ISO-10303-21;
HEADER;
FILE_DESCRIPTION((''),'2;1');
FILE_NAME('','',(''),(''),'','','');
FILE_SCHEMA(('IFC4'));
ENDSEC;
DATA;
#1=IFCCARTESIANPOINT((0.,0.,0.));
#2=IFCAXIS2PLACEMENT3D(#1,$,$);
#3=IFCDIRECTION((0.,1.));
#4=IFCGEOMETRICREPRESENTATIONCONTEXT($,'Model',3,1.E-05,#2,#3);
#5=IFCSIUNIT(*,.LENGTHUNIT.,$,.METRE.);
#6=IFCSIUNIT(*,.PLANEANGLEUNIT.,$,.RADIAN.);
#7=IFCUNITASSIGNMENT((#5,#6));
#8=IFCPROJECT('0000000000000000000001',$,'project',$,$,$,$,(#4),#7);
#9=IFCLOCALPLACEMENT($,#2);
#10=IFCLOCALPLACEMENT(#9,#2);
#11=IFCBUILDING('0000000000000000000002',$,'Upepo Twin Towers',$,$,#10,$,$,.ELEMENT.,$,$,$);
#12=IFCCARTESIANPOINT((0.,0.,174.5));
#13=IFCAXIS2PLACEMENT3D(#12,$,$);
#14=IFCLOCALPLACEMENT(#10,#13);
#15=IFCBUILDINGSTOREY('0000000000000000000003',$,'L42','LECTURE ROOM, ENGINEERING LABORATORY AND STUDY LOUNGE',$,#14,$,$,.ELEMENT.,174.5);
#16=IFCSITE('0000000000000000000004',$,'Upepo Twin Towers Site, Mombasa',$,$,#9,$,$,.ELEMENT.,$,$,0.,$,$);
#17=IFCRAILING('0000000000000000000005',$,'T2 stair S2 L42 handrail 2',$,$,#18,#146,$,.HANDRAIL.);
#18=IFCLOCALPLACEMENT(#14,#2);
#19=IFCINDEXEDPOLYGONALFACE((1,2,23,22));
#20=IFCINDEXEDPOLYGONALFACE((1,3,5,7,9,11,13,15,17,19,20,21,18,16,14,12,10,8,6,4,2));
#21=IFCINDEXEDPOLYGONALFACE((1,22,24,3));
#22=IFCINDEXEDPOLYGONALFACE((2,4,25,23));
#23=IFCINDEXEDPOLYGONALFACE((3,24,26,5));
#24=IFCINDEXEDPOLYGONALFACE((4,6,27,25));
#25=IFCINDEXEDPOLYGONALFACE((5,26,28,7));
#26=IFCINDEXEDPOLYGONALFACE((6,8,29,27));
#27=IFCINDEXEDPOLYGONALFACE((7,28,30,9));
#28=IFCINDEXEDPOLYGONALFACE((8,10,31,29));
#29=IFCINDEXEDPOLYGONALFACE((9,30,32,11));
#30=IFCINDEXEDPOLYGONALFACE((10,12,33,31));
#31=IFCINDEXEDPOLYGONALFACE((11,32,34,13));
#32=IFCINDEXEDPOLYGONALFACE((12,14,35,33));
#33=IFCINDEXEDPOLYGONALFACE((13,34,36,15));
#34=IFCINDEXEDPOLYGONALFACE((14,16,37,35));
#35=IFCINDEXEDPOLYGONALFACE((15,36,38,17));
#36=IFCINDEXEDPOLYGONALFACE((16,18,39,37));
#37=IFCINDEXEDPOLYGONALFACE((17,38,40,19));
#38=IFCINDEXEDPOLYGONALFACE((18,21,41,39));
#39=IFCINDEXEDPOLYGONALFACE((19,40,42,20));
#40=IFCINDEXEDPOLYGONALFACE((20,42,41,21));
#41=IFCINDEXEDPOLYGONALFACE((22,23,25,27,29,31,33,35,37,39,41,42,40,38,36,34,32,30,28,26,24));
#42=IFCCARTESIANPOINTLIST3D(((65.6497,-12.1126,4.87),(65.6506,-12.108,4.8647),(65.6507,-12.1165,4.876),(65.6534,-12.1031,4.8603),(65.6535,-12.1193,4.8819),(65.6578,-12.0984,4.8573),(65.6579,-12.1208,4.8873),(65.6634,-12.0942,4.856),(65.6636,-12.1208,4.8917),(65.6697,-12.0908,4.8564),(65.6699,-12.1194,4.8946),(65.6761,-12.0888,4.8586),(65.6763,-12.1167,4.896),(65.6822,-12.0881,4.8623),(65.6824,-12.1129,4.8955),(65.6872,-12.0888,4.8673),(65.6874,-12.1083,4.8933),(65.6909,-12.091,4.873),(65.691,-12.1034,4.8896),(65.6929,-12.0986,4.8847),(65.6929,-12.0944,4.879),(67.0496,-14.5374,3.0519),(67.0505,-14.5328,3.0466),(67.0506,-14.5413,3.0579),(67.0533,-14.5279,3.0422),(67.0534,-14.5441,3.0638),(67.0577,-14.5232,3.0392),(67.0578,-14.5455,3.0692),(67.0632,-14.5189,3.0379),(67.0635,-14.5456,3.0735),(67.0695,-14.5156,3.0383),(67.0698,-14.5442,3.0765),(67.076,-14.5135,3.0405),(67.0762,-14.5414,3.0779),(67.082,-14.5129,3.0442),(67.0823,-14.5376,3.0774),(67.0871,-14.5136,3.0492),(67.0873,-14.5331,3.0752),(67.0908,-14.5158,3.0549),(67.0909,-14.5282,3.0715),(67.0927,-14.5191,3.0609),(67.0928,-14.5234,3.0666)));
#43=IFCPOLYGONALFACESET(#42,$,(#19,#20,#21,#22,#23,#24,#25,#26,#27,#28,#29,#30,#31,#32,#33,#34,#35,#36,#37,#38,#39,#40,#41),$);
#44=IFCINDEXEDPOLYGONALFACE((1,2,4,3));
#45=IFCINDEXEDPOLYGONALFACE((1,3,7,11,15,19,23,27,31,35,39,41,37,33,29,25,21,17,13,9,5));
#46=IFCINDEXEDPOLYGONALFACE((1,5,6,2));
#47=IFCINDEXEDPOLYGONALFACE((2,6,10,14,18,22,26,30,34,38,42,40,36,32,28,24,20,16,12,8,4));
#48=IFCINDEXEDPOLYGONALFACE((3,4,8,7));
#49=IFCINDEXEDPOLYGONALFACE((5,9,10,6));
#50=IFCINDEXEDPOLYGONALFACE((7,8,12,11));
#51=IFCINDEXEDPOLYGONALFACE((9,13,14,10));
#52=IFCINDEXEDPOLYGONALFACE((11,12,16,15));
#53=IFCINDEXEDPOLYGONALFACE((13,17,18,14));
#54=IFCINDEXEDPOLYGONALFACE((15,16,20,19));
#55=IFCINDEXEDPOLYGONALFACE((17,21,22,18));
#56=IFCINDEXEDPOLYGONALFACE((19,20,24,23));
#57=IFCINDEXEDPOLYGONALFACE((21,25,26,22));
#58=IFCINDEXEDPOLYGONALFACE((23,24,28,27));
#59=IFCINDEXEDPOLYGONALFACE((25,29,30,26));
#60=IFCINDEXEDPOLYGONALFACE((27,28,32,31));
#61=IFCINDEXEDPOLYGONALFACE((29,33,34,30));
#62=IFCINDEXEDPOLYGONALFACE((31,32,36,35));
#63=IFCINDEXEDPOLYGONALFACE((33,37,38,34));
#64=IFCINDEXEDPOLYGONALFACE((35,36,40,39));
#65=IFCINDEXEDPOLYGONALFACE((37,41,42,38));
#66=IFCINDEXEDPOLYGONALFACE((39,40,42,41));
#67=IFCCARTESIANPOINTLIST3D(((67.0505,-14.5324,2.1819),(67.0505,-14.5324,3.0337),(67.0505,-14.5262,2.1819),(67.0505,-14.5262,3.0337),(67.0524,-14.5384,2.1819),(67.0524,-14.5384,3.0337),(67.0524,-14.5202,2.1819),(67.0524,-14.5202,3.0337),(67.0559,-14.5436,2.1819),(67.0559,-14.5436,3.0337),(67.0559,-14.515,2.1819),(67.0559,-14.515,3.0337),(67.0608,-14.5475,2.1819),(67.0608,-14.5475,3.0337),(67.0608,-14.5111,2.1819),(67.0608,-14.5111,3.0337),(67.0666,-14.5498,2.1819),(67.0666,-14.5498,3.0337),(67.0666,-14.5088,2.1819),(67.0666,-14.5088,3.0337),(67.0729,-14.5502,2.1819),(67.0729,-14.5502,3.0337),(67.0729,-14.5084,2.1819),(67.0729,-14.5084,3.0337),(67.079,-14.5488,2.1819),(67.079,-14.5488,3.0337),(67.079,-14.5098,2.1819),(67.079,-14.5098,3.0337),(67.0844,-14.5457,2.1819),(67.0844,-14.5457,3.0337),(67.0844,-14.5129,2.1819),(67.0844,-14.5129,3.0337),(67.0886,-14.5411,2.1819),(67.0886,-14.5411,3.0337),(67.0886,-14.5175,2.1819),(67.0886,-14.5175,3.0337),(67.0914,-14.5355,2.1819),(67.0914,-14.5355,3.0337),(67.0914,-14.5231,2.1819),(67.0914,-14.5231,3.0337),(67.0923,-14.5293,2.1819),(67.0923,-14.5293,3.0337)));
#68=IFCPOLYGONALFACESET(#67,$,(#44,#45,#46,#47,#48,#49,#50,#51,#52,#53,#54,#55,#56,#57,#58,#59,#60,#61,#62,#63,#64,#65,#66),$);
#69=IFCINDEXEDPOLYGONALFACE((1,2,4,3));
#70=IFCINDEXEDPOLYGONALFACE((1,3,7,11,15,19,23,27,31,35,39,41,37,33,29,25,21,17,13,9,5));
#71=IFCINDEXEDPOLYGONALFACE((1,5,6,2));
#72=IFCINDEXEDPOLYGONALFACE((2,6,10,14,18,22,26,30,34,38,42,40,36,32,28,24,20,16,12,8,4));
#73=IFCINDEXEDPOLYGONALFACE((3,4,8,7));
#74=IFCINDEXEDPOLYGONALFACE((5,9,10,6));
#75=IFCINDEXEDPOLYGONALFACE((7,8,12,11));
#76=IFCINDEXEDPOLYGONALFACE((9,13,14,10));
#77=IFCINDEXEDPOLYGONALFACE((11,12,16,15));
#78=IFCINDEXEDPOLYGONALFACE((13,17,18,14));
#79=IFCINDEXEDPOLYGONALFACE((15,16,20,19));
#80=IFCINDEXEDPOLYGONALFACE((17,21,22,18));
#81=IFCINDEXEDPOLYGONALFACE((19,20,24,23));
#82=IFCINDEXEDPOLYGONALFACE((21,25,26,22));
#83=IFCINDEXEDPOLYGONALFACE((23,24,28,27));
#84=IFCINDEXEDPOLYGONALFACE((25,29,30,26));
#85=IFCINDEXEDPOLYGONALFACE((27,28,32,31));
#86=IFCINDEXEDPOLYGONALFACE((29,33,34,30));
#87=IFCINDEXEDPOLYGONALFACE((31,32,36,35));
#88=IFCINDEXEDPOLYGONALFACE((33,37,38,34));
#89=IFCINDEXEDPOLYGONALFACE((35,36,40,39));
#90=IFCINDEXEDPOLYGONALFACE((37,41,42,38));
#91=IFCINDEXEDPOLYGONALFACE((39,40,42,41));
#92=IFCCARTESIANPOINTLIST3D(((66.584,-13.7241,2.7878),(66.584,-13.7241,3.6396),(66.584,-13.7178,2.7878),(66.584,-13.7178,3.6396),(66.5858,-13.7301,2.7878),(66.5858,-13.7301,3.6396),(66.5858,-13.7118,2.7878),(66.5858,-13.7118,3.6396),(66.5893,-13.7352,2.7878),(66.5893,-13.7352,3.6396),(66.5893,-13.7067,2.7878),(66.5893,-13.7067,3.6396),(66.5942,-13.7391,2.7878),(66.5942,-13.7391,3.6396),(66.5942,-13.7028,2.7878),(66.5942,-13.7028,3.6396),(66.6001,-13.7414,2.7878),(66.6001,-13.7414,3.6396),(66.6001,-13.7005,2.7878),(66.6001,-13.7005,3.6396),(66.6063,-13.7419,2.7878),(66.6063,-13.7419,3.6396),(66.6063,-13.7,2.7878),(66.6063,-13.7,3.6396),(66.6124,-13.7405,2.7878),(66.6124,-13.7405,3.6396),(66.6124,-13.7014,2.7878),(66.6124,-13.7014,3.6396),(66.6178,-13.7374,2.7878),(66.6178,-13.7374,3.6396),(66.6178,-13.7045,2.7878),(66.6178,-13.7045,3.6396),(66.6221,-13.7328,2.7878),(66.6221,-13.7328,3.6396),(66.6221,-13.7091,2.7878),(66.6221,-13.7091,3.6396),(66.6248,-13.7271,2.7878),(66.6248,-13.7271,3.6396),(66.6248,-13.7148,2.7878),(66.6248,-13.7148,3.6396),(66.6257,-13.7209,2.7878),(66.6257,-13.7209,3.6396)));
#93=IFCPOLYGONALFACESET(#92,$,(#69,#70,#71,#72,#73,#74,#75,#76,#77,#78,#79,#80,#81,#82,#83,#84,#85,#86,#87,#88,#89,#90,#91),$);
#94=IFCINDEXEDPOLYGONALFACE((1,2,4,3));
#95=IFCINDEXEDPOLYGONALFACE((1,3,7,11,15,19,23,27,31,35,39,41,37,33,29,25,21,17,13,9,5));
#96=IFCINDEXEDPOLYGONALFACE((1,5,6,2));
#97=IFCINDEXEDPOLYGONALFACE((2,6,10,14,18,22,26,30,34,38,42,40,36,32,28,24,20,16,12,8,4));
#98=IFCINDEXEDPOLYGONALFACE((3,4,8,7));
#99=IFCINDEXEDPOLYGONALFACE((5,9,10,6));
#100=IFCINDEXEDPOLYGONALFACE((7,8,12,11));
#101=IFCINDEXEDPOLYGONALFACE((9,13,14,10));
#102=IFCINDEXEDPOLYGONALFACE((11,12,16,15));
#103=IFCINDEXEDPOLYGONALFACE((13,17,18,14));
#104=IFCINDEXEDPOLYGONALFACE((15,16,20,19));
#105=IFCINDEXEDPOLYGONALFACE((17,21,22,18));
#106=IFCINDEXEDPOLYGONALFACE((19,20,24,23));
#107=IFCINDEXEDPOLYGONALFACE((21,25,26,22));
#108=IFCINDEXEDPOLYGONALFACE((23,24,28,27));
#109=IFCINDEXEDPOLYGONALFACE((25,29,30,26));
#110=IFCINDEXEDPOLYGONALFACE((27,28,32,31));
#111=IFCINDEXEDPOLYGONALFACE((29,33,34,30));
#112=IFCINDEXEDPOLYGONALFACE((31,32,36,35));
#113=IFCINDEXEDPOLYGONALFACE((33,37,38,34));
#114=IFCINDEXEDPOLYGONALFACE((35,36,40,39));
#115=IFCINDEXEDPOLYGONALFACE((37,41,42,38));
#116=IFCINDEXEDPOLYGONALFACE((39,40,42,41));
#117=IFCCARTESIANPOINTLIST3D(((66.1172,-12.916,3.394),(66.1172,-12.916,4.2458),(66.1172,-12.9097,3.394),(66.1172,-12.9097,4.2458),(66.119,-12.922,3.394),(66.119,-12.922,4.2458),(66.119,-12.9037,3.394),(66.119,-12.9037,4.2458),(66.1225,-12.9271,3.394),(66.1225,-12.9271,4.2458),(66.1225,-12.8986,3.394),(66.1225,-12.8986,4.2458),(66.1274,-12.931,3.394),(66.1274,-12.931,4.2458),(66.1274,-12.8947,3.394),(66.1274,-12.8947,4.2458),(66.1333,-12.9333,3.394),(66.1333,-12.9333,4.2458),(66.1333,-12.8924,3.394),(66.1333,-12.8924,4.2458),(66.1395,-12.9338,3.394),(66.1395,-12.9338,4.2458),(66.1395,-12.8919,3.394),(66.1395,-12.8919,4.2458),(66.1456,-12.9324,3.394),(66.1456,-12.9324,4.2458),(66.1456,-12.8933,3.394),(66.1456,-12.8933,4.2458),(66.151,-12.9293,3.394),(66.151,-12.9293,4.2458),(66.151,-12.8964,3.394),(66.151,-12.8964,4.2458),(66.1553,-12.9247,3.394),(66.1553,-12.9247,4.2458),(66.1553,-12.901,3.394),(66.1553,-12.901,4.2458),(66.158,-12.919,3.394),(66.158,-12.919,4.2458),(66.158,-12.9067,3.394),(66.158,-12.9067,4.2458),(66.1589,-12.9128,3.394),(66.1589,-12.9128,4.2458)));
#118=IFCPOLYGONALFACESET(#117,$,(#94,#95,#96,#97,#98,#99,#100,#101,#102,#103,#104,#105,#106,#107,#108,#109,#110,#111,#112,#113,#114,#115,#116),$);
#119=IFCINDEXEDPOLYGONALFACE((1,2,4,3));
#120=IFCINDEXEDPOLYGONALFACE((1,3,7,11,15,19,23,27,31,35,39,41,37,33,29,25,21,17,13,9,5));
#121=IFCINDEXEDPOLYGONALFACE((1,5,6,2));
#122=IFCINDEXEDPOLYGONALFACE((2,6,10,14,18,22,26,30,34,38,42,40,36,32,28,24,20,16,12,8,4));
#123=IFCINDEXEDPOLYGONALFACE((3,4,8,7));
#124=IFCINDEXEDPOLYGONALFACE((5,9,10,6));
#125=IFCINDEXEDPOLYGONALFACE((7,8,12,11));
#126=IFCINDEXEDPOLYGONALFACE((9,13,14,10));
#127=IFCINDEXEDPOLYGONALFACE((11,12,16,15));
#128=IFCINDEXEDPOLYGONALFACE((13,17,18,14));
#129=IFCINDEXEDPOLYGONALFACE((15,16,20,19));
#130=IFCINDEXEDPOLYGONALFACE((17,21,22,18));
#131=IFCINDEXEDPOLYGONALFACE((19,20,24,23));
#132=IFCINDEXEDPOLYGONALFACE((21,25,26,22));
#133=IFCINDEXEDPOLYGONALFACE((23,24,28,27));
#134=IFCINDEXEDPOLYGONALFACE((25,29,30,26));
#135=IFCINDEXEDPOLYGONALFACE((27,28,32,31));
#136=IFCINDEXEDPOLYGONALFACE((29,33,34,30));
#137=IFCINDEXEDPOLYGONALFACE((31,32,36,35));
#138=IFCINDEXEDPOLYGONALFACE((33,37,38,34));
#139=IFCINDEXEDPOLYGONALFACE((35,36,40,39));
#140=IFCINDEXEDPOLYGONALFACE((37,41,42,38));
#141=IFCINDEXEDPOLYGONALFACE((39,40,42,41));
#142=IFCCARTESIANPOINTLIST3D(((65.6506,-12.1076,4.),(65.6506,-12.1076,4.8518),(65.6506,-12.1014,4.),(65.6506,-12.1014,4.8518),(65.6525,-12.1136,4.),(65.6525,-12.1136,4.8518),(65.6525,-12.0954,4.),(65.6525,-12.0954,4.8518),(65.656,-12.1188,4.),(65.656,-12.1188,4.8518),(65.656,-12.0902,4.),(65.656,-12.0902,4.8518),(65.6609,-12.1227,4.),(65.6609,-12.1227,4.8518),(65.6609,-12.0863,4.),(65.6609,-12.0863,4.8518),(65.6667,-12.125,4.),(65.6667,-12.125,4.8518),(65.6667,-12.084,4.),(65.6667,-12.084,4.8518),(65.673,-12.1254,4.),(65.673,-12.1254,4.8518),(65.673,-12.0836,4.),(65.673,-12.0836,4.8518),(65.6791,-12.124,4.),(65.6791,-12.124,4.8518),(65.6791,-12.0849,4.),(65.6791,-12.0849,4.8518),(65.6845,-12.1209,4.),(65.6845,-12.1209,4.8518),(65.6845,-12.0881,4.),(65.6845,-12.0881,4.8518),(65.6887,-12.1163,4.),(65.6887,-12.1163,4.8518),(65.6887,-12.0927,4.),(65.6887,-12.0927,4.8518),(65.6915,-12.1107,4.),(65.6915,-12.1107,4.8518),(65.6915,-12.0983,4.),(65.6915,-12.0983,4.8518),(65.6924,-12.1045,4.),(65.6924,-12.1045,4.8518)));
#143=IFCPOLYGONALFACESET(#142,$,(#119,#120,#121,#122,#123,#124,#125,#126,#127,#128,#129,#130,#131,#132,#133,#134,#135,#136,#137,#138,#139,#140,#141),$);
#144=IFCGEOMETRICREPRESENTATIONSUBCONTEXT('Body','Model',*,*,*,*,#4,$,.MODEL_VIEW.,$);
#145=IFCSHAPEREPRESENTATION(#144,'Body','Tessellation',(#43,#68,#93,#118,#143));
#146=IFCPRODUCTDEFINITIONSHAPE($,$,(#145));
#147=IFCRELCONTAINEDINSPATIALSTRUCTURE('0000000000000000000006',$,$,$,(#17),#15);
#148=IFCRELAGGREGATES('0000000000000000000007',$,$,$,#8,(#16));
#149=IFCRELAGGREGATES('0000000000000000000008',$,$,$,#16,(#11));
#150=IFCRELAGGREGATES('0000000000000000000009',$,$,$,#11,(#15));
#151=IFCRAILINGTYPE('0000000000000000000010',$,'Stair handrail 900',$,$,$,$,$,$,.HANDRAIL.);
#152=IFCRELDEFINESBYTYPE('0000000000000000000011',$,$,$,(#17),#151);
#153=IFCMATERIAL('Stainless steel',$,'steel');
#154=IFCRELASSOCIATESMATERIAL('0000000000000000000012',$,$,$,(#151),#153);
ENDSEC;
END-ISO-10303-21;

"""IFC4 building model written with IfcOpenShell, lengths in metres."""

from ifc_helpers import new_model, si_unit, direction, frame, origin, origin_2d, place, context, subcontext, project, spatial, circle, extrude, material, type_object, element, save


model = new_model("IFC4")

# Units and contexts
model_context = context("Model", 3, precision=1e-05, world=origin(), true_north=direction((0.0, 1.0)))
body_context = subcontext(model_context, "Body", "Model", "MODEL_VIEW")
ifc_project = project(units=[si_unit("LENGTHUNIT", "METRE"), si_unit("PLANEANGLEUNIT", "RADIAN")], contexts=[model_context])

# Site, building, storey
site_placement = place(None, origin())
site = spatial("IfcSite", under=ifc_project, at=site_placement, Name="Upepo Twin Towers Site, Mombasa", CompositionType="ELEMENT", RefElevation=0.0)
building_placement = place(site_placement, origin())
building = spatial("IfcBuilding", under=site, at=building_placement, Name="Upepo Twin Towers", CompositionType="ELEMENT")
storey_placement = place(building_placement, frame((0.0, 0.0, 174.5)))
storey = spatial("IfcBuildingStorey", under=building, at=storey_placement, Name="L42", Description="LECTURE ROOM, ENGINEERING LABORATORY AND STUDY LOUNGE", CompositionType="ELEMENT", Elevation=174.5)

# Railing
ifc_material_1 = material(Name="Stainless steel", Category="steel")
railing_type = type_object("IfcRailingType", Name="Stair handrail 900", PredefinedType="HANDRAIL", material=ifc_material_1)
railing_1_placement = place(storey_placement, frame((67.0713, -14.5293, 2.1819)))
element("IfcRailing", 1, at=railing_1_placement, inside=storey, type_object=railing_type, Name="T2 stair S2 L42 handrail 2", PredefinedType="HANDRAIL", context=body_context, shape_type="SweptSolid", body=[
    extrude(circle(Radius=0.0239, at=origin_2d()), frame((0.0, 0.0, 0.876), z_axis=(-0.419333, 0.726336, 0.544606), x_axis=(-0.866035, -0.499984, 0.0)), (0.0, 0.0, 1.0), 3.3384),
    extrude(circle(Radius=0.021, at=origin_2d()), origin(), (0.0, 0.0, 1.0), 0.8518),
    extrude(circle(Radius=0.021, at=origin_2d()), frame((-0.4666, 0.8083, 0.606)), (0.0, 0.0, 1.0), 0.8518),
    extrude(circle(Radius=0.021, at=origin_2d()), frame((-0.9333, 1.6165, 1.2122)), (0.0, 0.0, 1.0), 0.8518),
    extrude(circle(Radius=0.021, at=origin_2d()), frame((-1.3999, 2.4248, 1.8181)), (0.0, 0.0, 1.0), 0.8518),
])

save(model, "model.ifc")
